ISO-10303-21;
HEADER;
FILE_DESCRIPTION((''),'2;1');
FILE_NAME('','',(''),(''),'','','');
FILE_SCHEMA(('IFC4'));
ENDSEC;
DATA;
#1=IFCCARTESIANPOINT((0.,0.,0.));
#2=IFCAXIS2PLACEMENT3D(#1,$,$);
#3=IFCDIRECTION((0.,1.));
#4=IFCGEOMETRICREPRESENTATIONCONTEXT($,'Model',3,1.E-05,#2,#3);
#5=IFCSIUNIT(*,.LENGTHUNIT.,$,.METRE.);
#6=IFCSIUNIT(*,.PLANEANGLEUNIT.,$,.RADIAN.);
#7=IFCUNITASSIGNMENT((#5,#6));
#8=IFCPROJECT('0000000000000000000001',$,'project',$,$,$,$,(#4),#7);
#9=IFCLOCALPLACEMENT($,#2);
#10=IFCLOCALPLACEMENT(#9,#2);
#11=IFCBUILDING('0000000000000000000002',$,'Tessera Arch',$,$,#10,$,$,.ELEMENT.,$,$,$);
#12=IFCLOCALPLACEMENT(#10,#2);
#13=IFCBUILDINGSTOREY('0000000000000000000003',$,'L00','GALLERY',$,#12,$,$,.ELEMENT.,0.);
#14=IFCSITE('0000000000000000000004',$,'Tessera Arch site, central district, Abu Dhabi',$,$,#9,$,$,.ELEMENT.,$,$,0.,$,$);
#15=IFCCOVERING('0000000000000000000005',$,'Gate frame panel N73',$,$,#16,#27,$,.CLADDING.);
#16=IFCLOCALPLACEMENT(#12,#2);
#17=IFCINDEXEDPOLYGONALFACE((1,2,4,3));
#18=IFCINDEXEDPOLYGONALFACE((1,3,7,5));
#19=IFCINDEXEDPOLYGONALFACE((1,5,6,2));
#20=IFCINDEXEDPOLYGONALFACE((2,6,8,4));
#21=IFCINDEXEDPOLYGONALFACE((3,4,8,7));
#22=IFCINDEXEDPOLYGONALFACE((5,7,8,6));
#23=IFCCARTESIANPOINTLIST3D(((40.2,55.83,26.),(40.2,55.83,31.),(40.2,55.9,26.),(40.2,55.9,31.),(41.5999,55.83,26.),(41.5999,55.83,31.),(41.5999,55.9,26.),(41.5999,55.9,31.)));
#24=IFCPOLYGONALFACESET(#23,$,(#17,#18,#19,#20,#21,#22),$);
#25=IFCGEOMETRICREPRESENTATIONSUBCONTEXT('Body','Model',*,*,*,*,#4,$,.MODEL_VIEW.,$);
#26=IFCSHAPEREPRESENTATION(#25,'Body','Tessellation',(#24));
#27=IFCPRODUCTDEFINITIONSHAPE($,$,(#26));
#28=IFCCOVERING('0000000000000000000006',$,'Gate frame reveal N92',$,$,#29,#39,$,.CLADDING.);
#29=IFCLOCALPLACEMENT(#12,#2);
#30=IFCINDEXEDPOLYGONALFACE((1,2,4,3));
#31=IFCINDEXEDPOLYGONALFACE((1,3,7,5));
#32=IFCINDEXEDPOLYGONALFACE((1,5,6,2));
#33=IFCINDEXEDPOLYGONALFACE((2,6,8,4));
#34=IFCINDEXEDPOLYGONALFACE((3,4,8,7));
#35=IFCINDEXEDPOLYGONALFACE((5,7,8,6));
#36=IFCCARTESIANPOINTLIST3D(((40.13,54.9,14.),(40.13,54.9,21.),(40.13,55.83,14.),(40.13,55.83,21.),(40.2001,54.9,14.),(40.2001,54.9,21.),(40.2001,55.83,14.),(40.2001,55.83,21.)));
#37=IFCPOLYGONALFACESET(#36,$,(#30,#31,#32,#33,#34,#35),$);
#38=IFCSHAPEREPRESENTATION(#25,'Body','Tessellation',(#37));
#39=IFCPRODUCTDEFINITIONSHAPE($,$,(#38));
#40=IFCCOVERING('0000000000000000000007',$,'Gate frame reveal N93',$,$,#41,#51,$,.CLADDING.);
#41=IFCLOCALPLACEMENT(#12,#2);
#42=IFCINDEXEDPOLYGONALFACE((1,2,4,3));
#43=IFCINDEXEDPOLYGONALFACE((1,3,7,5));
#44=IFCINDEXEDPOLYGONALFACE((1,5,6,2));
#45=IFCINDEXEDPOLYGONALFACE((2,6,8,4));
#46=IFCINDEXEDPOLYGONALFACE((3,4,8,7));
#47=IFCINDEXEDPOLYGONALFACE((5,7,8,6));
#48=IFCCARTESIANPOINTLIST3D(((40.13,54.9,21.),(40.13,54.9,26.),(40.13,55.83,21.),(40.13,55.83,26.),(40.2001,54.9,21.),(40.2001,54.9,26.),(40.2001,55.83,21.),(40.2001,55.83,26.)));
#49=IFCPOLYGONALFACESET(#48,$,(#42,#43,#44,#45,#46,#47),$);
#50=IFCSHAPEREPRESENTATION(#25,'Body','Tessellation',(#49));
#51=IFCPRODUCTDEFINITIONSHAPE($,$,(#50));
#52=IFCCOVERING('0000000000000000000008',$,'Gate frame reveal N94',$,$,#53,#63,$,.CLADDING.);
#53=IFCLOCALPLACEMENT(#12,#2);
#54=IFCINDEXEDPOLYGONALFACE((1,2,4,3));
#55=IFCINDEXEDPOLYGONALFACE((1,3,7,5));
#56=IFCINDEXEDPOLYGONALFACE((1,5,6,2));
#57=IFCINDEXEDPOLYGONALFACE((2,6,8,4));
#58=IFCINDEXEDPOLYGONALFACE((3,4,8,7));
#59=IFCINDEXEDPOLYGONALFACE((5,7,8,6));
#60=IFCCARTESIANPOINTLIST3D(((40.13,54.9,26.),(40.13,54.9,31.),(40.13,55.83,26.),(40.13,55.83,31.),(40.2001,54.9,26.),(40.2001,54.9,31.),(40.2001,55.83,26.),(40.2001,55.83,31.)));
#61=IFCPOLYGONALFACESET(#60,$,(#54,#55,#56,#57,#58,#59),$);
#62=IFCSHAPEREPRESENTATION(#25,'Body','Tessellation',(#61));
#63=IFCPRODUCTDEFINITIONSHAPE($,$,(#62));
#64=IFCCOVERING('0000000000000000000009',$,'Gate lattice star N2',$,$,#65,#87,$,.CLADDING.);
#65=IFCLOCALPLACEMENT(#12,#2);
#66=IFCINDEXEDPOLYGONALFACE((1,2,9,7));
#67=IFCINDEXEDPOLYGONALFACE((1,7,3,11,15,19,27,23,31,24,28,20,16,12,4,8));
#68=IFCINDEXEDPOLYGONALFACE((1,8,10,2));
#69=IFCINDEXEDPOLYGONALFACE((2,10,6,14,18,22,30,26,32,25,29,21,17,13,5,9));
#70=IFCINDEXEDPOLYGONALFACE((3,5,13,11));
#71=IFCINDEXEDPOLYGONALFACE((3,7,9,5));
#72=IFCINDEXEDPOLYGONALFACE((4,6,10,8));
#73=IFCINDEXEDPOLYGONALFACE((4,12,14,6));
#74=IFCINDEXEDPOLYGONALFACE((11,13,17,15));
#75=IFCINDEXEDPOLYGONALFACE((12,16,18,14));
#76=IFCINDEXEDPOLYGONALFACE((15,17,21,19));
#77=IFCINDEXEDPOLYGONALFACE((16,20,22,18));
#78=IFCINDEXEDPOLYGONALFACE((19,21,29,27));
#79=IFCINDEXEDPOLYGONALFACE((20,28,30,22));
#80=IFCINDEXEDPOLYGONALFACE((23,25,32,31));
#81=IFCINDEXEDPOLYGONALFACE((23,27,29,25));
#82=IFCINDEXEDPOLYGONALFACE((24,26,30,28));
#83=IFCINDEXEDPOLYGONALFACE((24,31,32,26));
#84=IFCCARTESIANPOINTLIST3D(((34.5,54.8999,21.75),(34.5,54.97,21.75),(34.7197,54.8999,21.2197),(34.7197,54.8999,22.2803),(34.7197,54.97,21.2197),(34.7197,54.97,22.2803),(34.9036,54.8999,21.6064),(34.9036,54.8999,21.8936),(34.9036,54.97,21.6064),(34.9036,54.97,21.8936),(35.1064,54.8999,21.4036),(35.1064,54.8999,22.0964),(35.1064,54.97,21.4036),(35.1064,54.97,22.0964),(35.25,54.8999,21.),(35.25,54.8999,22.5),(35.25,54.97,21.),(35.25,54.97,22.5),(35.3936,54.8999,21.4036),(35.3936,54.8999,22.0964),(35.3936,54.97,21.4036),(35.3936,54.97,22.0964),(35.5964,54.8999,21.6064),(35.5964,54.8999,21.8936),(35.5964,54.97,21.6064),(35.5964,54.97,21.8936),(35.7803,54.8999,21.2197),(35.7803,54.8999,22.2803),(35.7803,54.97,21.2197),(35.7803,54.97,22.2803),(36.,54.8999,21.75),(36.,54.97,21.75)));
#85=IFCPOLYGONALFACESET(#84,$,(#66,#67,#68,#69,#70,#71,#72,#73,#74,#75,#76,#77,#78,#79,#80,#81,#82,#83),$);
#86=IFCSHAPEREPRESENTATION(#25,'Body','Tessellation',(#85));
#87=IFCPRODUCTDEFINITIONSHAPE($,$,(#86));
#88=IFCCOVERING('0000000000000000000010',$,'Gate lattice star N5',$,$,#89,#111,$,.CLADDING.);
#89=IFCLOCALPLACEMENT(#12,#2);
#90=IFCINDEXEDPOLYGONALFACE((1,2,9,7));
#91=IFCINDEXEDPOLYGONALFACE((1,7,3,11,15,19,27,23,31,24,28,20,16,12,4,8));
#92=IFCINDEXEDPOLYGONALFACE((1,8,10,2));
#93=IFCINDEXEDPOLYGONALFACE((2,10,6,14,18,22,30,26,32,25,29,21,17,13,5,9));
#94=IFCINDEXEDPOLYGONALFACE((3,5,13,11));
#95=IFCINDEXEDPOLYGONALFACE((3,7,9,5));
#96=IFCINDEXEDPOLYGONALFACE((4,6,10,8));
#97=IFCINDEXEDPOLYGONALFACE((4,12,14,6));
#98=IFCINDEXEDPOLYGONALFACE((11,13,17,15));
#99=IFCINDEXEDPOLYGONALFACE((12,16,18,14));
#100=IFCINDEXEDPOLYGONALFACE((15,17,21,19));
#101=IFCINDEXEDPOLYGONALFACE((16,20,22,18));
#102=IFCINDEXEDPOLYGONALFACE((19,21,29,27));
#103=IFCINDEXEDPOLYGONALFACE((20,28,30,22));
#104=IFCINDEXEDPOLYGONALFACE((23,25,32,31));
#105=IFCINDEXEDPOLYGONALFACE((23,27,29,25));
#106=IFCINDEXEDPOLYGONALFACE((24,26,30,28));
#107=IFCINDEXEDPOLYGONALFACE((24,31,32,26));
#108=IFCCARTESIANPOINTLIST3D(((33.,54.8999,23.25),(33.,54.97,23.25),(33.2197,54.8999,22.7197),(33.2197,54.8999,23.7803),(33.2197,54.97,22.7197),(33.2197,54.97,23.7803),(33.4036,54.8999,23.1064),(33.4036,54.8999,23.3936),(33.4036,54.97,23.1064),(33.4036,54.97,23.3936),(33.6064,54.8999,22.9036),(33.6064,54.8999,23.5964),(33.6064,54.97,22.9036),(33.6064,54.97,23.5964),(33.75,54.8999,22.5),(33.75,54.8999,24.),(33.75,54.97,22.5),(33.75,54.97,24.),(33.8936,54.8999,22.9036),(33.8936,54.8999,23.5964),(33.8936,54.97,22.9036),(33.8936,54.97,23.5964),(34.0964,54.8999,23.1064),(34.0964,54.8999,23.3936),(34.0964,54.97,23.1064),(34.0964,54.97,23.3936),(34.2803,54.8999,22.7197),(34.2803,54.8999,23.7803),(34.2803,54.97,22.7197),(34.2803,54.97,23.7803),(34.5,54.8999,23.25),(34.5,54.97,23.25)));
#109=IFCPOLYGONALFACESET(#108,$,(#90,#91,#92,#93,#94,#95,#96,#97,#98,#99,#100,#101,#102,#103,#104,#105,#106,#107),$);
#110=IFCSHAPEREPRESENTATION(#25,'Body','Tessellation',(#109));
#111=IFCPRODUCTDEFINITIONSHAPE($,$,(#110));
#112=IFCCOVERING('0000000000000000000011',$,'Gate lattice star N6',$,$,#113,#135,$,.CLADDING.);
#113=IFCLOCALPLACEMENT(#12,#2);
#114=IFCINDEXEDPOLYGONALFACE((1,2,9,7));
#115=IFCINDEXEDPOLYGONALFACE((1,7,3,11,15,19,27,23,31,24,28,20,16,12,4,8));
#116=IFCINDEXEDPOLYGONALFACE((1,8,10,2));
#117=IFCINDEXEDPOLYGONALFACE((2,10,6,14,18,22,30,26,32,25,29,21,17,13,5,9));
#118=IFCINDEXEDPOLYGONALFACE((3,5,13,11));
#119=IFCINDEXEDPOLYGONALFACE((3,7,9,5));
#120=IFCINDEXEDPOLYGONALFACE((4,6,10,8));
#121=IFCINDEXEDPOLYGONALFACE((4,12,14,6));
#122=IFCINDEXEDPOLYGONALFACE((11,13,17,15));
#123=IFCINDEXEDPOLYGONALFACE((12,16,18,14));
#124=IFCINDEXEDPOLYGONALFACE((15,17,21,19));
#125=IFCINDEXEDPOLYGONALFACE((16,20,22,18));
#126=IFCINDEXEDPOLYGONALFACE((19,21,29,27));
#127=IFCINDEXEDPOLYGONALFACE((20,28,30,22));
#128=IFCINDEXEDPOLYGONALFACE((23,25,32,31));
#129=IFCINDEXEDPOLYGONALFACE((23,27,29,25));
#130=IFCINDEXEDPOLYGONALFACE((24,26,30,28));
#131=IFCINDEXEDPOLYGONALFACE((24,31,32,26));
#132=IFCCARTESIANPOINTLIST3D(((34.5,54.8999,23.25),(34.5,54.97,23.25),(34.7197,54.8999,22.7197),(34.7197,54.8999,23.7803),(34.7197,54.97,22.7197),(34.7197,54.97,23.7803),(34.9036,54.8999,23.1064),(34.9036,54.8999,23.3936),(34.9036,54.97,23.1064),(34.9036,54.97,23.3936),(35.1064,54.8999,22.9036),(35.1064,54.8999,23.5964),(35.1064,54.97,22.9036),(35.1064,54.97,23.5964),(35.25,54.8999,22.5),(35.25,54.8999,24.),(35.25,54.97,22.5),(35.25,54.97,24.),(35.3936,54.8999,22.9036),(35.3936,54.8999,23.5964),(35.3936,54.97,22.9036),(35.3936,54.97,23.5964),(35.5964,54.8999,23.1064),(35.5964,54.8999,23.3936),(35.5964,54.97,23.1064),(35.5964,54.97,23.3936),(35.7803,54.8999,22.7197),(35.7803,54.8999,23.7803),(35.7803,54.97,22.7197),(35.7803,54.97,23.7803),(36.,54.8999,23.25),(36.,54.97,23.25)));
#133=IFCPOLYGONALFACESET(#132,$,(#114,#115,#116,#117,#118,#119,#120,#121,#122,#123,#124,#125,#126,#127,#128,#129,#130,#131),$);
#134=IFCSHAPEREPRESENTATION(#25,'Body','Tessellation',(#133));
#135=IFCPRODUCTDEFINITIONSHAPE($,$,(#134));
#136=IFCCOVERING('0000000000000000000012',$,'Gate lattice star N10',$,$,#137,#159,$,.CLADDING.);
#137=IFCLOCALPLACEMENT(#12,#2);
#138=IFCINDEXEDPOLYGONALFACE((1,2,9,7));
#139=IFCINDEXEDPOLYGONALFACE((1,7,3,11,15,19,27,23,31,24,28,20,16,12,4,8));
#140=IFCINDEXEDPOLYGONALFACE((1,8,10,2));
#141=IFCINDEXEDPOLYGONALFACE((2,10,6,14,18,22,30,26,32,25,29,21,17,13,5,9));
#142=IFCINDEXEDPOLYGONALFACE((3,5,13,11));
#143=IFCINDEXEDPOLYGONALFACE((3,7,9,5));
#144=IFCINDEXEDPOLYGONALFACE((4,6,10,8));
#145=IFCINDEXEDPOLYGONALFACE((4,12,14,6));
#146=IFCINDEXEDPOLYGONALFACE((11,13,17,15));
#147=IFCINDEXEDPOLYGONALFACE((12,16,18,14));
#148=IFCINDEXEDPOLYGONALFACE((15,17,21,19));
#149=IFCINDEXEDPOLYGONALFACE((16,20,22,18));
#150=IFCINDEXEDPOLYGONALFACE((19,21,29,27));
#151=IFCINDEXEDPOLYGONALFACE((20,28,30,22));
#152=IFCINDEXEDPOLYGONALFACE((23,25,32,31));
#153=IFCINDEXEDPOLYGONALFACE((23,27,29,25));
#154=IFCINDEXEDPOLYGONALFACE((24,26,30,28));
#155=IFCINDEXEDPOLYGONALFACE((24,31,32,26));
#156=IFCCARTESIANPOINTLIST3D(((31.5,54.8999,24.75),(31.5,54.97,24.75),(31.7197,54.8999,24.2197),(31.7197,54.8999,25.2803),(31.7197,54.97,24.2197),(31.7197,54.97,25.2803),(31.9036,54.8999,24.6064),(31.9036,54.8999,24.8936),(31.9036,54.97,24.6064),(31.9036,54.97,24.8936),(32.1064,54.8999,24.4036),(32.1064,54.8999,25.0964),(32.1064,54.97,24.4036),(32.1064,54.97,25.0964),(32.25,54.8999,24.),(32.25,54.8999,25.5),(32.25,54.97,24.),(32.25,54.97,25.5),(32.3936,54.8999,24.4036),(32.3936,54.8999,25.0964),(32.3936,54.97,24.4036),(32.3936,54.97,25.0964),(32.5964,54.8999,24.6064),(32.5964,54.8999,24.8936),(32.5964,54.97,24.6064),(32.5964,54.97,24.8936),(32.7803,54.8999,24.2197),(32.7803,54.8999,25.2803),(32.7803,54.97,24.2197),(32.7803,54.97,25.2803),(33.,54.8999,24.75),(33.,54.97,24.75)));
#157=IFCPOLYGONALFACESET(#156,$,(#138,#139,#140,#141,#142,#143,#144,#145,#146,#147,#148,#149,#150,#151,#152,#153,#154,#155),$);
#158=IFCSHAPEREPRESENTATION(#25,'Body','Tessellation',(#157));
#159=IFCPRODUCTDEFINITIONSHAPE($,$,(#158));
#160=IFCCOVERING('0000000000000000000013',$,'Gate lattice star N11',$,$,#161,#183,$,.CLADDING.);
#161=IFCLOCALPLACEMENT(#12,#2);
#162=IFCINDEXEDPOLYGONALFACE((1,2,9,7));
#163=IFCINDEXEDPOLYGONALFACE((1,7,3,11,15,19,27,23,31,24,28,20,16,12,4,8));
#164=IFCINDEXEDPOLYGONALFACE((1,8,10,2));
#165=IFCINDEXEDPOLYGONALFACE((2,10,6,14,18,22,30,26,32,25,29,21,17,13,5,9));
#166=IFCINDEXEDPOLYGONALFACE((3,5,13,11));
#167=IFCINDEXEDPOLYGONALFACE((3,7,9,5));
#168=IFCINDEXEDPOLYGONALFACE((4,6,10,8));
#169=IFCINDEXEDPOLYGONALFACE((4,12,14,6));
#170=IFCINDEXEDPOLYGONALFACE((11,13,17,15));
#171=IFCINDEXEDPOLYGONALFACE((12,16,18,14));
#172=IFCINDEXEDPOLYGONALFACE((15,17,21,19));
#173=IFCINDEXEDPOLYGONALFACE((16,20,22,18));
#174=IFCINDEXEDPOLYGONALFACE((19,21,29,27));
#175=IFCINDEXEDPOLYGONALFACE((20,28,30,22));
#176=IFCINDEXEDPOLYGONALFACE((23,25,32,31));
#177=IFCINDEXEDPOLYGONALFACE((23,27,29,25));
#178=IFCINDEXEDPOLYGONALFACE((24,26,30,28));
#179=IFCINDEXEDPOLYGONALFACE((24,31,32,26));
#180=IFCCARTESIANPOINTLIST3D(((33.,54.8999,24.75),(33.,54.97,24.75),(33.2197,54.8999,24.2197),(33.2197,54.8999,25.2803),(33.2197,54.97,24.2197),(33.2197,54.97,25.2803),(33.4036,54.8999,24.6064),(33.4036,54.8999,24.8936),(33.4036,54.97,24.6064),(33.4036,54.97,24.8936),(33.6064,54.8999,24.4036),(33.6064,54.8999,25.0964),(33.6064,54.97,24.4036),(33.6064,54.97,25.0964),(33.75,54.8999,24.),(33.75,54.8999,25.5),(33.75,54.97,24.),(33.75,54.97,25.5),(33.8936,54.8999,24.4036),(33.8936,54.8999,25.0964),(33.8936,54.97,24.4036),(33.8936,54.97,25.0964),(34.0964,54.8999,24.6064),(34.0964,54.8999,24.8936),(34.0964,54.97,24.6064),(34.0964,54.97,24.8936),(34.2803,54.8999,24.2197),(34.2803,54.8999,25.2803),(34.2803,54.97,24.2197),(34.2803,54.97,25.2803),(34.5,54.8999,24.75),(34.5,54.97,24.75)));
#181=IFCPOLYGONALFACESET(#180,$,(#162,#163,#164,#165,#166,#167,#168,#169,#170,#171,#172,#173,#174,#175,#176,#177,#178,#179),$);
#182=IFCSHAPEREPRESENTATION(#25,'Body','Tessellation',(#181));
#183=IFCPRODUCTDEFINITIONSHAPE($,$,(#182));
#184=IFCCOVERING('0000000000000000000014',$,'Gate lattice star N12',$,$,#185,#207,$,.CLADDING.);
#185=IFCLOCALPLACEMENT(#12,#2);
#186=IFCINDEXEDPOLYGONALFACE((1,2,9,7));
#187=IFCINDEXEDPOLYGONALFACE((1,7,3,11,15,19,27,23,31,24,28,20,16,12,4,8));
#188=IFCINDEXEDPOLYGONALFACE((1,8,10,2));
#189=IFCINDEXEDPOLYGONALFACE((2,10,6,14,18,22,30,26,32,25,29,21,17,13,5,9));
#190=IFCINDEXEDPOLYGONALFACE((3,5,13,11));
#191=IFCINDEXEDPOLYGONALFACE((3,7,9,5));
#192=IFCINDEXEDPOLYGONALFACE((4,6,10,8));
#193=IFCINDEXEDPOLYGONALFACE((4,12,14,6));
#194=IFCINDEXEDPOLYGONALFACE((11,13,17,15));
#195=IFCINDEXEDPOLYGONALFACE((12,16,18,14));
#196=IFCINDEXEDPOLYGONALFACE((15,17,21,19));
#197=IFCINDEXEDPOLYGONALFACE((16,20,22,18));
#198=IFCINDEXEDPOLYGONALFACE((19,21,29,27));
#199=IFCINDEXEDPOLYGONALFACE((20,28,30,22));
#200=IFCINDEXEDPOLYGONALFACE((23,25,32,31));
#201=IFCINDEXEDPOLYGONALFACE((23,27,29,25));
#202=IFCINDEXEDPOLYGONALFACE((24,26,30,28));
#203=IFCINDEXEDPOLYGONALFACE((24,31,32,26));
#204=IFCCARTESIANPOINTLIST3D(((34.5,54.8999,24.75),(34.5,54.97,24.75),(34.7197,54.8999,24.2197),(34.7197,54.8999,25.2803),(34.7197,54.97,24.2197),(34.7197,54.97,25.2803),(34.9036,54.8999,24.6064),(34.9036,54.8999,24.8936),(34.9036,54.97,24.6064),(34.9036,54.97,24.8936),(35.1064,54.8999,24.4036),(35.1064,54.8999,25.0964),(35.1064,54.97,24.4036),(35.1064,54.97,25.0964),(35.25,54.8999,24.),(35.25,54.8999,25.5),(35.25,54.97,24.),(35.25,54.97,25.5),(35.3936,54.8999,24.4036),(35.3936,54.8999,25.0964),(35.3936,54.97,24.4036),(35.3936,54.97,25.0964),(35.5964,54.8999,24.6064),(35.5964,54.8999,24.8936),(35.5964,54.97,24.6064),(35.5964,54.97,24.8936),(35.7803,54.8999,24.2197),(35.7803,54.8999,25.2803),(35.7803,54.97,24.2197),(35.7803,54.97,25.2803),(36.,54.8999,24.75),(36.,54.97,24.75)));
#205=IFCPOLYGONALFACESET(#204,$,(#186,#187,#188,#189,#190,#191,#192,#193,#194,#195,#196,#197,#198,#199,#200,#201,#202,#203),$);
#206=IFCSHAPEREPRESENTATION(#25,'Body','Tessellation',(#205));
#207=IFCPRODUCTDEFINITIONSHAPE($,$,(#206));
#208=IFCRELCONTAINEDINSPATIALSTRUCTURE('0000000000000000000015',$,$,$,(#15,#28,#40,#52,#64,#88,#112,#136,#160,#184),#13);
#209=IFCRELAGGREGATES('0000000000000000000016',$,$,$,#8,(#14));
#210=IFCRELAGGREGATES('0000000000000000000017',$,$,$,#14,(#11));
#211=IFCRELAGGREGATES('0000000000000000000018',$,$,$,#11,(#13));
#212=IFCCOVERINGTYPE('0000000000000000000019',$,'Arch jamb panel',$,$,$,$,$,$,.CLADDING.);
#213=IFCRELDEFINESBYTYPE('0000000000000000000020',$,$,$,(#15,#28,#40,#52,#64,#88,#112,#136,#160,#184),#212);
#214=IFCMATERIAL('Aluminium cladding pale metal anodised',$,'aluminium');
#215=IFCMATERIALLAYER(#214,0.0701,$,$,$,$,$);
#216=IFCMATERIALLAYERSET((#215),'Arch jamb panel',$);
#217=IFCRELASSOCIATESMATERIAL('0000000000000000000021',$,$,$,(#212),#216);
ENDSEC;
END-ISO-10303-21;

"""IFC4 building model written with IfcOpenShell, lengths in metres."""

from ifc_helpers import new_model, si_unit, direction, frame, origin, origin_2d, place, context, subcontext, project, spatial, polyline, rectangle, outline, extrude, material, layer, layer_set, type_object, element, save


model = new_model("IFC4")

# Units and contexts
model_context = context("Model", 3, precision=1e-05, world=origin(), true_north=direction((0.0, 1.0)))
body_context = subcontext(model_context, "Body", "Model", "MODEL_VIEW")
ifc_project = project(units=[si_unit("LENGTHUNIT", "METRE"), si_unit("PLANEANGLEUNIT", "RADIAN")], contexts=[model_context])

# Site, building, storey
site_placement = place(None, origin())
site = spatial("IfcSite", under=ifc_project, at=site_placement, Name="Tessera Arch site, central district, Abu Dhabi", CompositionType="ELEMENT", RefElevation=0.0)
building_placement = place(site_placement, origin())
building = spatial("IfcBuilding", under=site, at=building_placement, Name="Tessera Arch", CompositionType="ELEMENT")
storey_placement = place(building_placement, origin())
storey = spatial("IfcBuildingStorey", under=building, at=storey_placement, Name="L00", Description="GALLERY", CompositionType="ELEMENT", Elevation=0.0)

# Coverings
ifc_material_1 = material(Name="Aluminium cladding pale metal anodised", Category="aluminium")
ifc_layer = layer(ifc_material_1, 0.0701)
ifc_layer_set = layer_set([ifc_layer], Name="Arch jamb panel")
covering_type = type_object("IfcCoveringType", Name="Arch jamb panel", PredefinedType="CLADDING", material=ifc_layer_set)
for number, where, z_axis, x_axis, name in (
    (1, (40.8999, 55.865, 26.0), (0.0, 0.0, 1.0), (1.0, 0.0, 0.0), "Gate frame panel N73"),
):
    element("IfcCovering", number, at=place(storey_placement, frame(where, z_axis=z_axis, x_axis=x_axis)), inside=storey, type_object=covering_type, Name=name, PredefinedType="CLADDING", context=body_context, shape_type="SweptSolid", body=[
        extrude(rectangle(XDim=1.3999, YDim=0.0701, at=origin_2d()), origin(), (0.0, 0.0, 1.0), 5.0),
    ])
covering_1_placement = place(storey_placement, frame((40.165, 55.365, 14.0), z_axis=(0.0, 0.0, 1.0), x_axis=(1.0, 0.0, 0.0)))
element("IfcCovering", 2, at=covering_1_placement, inside=storey, type_object=covering_type, Name="Gate frame reveal N92", PredefinedType="CLADDING", context=body_context, shape_type="SweptSolid", body=[
    extrude(rectangle(XDim=0.0701, YDim=0.9299, at=origin_2d()), origin(), (0.0, 0.0, 1.0), 7.0),
])
for number, where, z_axis, x_axis, name in (
    (3, (40.165, 55.365, 21.0), (0.0, 0.0, 1.0), (1.0, 0.0, 0.0), "Gate frame reveal N93"),
    (4, (40.165, 55.365, 26.0), (0.0, 0.0, 1.0), (1.0, 0.0, 0.0), "Gate frame reveal N94"),
):
    element("IfcCovering", number, at=place(storey_placement, frame(where, z_axis=z_axis, x_axis=x_axis)), inside=storey, type_object=covering_type, Name=name, PredefinedType="CLADDING", context=body_context, shape_type="SweptSolid", body=[
        extrude(rectangle(XDim=0.0701, YDim=0.9299, at=origin_2d()), origin(), (0.0, 0.0, 1.0), 5.0),
    ])
for number, where, z_axis, x_axis, name in (
    (5, (36.0, 54.8999, 21.75), (0.0, -1.0, 0.0), (-0.942167, 0.0, 0.335145), "Gate lattice star N2"),
    (6, (34.5, 54.8999, 23.25), (0.0, -1.0, 0.0), (-0.942167, 0.0, 0.335145), "Gate lattice star N5"),
    (7, (36.0, 54.8999, 23.25), (0.0, -1.0, 0.0), (-0.942167, 0.0, 0.335145), "Gate lattice star N6"),
    (8, (33.0, 54.8999, 24.75), (0.0, -1.0, 0.0), (-0.942167, 0.0, 0.335145), "Gate lattice star N10"),
    (9, (34.5, 54.8999, 24.75), (0.0, -1.0, 0.0), (-0.942167, 0.0, 0.335145), "Gate lattice star N11"),
    (10, (36.0, 54.8999, 24.75), (0.0, -1.0, 0.0), (-0.942167, 0.0, 0.335145), "Gate lattice star N12"),
):
    element("IfcCovering", number, at=place(storey_placement, frame(where, z_axis=z_axis, x_axis=x_axis)), inside=storey, type_object=covering_type, Name=name, PredefinedType="CLADDING", context=body_context, shape_type="SweptSolid", body=[
        extrude(outline(polyline([(0.0, 0.0), (0.4283, 0.0), (0.3847, -0.426), (0.6875, -0.1232), (0.958, -0.4553), (0.958, -0.0269), (1.3839, -0.0705), (1.0811, 0.2322), (1.4133, 0.5027), (0.9849, 0.5027), (1.0285, 0.9287), (0.7258, 0.6259), (0.4553, 0.958), (0.4553, 0.5296), (0.0293, 0.5732), (0.3321, 0.2705), (0.0, 0.0)])), origin(), (0.0, 0.0, -1.0), 0.0701),
    ])

save(model, "model.ifc")
